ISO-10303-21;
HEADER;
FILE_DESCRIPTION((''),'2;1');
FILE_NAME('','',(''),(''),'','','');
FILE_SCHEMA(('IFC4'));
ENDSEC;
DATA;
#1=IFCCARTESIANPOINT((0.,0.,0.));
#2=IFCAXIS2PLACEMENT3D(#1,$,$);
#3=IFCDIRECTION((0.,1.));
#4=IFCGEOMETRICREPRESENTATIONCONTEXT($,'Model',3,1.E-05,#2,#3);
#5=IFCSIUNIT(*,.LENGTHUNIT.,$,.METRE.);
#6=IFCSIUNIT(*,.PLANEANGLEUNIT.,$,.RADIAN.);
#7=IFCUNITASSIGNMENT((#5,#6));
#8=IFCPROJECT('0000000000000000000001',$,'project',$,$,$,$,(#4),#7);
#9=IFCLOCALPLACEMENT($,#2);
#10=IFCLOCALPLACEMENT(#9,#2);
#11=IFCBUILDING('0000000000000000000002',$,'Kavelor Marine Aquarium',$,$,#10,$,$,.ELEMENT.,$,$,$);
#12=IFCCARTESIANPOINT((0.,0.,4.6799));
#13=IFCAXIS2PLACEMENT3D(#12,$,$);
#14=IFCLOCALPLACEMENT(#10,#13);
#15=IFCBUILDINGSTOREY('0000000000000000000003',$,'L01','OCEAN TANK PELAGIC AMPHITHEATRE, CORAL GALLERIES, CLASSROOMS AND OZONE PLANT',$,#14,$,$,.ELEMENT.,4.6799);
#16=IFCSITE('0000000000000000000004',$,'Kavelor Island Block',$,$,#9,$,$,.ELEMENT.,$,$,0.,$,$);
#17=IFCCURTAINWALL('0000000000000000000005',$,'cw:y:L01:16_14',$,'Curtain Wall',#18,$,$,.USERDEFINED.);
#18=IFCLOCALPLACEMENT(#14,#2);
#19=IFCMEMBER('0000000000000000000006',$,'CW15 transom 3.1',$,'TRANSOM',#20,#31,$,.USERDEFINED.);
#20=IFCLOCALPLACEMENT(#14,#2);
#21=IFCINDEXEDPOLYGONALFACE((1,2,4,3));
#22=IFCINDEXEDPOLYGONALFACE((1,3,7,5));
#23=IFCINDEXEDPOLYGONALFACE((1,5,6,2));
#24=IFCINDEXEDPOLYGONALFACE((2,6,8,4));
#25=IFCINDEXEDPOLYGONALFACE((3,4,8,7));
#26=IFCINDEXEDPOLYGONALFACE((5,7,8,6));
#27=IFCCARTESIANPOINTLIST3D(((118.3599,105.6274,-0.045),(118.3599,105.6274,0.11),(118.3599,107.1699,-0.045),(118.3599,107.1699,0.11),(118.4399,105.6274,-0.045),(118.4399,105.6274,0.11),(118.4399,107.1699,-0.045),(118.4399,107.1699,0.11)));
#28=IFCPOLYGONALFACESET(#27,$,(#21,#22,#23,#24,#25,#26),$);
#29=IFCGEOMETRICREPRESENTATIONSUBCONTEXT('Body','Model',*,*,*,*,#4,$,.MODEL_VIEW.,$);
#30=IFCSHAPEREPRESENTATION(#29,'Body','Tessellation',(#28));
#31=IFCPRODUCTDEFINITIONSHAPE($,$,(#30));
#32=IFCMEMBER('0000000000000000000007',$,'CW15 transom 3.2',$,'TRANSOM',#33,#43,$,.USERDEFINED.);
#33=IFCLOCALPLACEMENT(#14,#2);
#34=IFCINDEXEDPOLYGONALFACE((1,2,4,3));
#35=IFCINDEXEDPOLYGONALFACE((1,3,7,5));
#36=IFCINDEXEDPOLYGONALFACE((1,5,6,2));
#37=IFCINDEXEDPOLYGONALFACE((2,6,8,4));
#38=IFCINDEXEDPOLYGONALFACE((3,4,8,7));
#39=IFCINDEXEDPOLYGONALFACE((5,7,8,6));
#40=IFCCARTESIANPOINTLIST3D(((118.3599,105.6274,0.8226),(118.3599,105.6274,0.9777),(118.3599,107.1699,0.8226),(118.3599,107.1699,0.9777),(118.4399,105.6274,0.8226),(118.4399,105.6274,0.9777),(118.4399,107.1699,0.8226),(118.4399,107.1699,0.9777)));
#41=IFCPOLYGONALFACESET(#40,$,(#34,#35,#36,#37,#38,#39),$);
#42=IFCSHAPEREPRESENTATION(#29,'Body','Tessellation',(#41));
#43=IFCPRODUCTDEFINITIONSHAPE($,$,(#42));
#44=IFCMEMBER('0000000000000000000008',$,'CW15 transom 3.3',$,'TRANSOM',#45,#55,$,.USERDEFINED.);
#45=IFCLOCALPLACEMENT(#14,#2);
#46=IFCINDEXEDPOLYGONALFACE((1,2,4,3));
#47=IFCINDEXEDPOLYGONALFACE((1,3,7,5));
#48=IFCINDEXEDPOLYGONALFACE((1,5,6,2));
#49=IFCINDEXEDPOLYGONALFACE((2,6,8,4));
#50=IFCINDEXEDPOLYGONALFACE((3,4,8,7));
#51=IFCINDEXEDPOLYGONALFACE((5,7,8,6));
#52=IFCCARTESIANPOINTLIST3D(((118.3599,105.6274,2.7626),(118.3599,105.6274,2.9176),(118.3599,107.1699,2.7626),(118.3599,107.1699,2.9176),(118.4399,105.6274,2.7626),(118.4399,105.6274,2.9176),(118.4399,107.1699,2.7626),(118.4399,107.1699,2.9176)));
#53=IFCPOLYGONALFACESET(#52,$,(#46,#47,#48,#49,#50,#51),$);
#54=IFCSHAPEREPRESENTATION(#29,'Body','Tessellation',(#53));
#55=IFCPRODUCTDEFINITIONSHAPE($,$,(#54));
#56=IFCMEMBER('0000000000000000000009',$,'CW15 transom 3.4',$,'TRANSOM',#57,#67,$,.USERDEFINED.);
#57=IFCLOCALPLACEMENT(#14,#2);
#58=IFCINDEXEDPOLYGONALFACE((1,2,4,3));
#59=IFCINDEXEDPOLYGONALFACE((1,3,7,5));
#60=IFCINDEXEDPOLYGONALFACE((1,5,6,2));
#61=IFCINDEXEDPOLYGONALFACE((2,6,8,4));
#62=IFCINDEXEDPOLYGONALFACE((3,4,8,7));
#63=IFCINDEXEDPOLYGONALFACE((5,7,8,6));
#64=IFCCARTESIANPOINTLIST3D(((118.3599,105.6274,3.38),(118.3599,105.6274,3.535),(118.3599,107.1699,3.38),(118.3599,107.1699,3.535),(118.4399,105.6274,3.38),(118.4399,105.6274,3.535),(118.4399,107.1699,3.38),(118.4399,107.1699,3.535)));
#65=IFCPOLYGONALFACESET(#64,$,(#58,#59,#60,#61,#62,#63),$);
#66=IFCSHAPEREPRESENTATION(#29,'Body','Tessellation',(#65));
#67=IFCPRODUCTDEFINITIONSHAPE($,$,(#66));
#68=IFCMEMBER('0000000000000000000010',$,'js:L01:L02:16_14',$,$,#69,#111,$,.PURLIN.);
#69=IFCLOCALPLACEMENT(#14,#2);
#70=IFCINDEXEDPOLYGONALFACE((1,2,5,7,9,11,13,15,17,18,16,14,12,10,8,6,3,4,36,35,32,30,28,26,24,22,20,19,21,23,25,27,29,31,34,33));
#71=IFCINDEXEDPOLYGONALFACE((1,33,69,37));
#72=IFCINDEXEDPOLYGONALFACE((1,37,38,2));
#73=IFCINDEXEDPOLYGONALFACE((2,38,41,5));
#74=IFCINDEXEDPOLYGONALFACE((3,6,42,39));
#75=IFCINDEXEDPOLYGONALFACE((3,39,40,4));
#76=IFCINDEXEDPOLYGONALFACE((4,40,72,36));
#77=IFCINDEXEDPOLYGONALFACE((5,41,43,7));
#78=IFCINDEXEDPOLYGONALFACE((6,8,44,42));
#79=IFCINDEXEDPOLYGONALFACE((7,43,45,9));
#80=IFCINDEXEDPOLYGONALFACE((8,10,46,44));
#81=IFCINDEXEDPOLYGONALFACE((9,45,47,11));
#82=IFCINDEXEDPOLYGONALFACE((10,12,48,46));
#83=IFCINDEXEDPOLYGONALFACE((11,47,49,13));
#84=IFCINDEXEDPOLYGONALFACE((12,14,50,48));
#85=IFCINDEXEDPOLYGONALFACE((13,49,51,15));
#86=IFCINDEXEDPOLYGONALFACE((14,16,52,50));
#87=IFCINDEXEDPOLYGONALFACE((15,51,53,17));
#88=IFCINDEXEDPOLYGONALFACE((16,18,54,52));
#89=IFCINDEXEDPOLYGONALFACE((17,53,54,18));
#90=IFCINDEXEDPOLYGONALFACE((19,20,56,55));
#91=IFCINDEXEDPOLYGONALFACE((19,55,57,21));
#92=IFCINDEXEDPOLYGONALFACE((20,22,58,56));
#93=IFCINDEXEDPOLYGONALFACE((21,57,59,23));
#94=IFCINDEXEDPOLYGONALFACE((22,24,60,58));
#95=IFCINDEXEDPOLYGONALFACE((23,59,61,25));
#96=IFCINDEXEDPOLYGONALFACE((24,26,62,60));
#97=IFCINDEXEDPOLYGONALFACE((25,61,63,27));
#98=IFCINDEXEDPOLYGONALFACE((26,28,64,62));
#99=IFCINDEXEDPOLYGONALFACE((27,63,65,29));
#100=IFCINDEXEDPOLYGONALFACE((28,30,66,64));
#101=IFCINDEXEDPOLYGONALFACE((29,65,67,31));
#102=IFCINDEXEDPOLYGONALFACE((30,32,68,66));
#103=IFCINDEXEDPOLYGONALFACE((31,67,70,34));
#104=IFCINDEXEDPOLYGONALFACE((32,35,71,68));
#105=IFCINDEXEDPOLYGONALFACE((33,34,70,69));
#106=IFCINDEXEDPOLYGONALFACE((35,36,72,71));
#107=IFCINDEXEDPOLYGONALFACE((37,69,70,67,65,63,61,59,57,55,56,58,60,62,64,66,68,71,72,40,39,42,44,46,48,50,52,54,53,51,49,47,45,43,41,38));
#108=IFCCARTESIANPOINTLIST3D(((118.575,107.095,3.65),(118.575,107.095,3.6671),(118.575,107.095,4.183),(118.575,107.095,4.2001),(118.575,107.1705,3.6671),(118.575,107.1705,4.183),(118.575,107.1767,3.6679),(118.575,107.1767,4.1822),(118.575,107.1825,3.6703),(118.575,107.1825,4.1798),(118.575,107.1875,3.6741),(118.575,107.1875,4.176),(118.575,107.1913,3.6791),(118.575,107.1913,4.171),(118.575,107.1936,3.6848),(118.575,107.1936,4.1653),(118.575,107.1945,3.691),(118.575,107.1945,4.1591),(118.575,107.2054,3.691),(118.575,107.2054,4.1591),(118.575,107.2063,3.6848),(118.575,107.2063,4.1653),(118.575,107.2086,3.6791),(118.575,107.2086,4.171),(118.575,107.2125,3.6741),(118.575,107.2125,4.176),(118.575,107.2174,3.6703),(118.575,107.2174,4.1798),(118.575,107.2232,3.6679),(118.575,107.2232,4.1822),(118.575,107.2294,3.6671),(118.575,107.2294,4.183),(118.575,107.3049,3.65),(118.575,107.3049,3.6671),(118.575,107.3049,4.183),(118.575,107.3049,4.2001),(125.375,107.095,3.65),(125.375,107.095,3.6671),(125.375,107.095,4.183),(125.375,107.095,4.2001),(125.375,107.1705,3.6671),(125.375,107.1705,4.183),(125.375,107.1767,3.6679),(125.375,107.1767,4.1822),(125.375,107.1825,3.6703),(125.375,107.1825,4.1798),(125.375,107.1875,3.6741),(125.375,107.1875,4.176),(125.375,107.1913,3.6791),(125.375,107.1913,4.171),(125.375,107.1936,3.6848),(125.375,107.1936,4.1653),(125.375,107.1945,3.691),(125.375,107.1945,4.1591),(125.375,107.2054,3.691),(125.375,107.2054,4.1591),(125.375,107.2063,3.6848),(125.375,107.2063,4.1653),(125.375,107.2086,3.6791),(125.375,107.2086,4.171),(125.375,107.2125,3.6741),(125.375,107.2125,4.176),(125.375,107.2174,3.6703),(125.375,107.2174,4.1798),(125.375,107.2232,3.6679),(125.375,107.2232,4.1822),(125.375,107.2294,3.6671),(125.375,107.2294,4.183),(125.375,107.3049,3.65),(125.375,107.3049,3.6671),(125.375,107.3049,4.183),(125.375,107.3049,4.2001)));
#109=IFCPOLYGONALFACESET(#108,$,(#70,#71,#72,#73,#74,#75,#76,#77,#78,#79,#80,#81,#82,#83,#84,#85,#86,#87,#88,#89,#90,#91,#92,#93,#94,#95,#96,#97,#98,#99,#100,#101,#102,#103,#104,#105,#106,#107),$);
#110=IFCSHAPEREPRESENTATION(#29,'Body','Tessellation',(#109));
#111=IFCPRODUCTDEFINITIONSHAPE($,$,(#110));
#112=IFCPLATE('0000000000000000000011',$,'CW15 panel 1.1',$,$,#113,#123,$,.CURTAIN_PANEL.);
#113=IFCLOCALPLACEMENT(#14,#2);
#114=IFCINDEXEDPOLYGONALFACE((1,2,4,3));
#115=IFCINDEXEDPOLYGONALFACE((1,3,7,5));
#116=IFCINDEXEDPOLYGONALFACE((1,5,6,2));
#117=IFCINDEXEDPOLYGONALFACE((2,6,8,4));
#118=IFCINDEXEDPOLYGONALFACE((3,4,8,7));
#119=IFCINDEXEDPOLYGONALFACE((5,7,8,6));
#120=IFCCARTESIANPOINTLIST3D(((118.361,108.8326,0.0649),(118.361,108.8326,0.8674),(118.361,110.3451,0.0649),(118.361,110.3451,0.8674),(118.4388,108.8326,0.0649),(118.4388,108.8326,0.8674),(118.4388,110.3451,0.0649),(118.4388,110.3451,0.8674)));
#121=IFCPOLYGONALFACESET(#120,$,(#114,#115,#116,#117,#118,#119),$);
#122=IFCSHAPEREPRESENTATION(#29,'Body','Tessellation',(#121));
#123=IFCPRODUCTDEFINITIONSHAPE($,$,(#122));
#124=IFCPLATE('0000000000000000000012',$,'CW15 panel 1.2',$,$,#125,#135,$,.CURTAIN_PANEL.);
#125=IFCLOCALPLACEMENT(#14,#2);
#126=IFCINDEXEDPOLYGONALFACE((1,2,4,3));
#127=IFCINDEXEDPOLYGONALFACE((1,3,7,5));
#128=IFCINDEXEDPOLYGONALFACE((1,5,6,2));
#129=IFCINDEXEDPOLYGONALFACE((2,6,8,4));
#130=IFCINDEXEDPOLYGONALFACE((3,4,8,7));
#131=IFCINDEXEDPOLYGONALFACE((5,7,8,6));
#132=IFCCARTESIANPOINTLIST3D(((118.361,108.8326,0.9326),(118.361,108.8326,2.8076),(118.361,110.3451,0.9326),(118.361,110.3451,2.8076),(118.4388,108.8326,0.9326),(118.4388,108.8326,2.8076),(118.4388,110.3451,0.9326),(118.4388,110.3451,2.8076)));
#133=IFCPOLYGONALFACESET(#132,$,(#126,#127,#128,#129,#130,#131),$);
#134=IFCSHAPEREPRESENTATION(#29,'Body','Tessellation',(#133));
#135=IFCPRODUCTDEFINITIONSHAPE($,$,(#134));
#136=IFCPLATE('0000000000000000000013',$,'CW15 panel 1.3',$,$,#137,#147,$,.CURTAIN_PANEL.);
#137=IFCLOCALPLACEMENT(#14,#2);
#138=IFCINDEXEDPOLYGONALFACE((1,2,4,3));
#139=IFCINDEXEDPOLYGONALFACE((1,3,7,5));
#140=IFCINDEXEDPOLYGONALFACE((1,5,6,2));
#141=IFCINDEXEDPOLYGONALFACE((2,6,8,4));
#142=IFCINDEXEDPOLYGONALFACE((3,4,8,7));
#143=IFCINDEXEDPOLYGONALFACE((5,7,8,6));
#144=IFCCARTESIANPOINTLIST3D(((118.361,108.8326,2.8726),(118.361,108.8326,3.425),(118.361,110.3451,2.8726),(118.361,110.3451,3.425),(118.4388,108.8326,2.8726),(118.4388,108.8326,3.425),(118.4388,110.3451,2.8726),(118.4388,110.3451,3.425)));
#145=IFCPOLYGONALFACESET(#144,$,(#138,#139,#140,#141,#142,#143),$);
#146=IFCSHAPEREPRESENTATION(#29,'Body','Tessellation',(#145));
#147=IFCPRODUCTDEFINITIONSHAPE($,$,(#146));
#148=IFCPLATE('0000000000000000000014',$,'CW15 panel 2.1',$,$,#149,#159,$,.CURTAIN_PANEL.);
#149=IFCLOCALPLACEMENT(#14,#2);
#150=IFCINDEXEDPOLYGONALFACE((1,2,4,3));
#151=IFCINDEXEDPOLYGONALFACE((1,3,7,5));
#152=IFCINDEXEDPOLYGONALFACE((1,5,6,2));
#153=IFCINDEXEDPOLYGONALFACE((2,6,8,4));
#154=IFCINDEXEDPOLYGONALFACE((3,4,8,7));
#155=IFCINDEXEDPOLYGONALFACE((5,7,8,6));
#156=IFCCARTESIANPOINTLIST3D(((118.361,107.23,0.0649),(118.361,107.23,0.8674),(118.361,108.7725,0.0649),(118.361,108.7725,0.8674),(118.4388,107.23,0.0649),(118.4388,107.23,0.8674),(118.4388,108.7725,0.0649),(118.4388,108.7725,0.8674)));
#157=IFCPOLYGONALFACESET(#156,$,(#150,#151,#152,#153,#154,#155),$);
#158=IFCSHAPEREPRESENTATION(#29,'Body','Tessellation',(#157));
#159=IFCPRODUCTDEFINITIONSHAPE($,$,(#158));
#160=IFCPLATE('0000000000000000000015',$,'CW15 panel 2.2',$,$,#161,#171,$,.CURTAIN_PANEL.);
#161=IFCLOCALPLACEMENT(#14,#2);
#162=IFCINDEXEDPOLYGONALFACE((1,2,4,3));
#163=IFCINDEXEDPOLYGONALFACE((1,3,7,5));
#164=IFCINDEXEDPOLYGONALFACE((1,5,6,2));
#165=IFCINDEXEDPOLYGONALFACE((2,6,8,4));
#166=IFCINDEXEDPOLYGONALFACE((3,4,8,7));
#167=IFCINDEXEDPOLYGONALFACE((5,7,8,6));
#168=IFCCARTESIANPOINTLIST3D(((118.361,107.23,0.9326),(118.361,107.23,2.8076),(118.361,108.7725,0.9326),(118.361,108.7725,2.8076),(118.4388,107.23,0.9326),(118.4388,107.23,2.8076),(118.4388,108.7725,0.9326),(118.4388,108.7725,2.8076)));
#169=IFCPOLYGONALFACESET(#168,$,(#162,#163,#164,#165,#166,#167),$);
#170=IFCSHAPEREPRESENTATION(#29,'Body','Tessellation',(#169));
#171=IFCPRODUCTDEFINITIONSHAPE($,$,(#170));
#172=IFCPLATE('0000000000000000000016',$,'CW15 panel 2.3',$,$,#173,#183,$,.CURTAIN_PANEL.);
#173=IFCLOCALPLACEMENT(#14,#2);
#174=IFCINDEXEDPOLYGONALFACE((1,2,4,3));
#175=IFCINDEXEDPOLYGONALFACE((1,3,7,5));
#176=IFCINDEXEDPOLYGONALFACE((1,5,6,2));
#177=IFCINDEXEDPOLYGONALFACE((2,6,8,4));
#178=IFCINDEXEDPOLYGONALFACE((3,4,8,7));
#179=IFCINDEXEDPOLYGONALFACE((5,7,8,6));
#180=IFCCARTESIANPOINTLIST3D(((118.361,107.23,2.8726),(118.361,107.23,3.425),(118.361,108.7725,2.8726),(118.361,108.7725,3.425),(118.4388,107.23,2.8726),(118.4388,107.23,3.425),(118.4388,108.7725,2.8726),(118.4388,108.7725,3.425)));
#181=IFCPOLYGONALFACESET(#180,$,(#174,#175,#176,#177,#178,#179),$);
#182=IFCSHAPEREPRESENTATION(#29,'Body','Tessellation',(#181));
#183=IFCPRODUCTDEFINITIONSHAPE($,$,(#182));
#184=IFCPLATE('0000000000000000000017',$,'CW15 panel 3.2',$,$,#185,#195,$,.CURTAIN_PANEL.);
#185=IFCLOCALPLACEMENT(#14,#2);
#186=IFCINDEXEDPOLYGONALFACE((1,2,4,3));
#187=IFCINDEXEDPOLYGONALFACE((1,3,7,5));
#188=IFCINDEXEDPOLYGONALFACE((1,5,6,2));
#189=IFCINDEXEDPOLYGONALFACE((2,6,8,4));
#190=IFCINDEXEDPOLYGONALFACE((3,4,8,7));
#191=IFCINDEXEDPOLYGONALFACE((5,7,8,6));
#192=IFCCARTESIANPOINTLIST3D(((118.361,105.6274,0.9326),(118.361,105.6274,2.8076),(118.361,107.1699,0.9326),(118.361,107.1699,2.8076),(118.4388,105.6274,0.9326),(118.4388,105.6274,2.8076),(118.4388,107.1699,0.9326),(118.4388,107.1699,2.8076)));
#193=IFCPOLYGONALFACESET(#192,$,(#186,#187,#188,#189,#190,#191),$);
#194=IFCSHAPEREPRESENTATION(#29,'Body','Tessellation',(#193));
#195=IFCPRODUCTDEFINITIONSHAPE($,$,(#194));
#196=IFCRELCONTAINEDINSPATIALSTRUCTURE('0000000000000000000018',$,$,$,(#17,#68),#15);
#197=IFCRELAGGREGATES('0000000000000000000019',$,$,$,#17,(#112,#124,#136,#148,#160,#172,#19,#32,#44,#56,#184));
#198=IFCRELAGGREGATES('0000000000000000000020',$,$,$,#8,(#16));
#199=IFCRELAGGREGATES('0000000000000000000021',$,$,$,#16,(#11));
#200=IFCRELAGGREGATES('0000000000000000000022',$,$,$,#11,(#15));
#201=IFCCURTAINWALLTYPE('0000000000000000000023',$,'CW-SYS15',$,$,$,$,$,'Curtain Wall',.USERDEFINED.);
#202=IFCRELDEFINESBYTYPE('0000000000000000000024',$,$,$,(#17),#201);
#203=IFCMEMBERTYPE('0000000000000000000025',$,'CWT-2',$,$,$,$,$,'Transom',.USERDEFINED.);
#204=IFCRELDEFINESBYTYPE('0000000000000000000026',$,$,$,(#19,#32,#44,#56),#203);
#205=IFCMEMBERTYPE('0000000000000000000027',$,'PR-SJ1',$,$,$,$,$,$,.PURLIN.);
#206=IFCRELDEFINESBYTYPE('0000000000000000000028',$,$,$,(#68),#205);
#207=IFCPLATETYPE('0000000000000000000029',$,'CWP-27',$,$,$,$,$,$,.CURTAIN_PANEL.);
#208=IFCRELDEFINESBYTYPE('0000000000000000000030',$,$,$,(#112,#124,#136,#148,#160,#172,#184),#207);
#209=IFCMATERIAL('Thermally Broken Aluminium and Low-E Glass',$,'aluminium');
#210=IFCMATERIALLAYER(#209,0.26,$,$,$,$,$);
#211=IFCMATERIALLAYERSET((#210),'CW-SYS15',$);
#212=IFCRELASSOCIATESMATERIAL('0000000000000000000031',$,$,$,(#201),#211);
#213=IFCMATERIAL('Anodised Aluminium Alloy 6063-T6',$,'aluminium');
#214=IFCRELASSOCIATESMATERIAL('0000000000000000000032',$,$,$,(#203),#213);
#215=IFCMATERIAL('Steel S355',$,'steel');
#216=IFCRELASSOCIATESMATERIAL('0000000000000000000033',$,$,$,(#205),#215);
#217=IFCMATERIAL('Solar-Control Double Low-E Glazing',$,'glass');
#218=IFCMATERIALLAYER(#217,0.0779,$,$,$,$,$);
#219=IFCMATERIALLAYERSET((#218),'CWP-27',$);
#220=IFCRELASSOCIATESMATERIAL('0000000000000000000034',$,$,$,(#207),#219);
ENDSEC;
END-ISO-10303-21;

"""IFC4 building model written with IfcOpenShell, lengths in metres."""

from ifc_helpers import new_model, si_unit, direction, frame, origin, origin_2d, place, context, subcontext, project, spatial, rectangle, i_section, extrude, material, layer, layer_set, material_profile, profile_set, type_object, element, aggregate, save


model = new_model("IFC4")

# Units and contexts
model_context = context("Model", 3, precision=1e-05, world=origin(), true_north=direction((0.0, 1.0)))
body_context = subcontext(model_context, "Body", "Model", "MODEL_VIEW")
ifc_project = project(units=[si_unit("LENGTHUNIT", "METRE"), si_unit("PLANEANGLEUNIT", "RADIAN")], contexts=[model_context])

# Site, building, storey
site_placement = place(None, origin())
site = spatial("IfcSite", under=ifc_project, at=site_placement, Name="Kavelor Island Block", CompositionType="ELEMENT", RefElevation=0.0)
building_placement = place(site_placement, origin())
building = spatial("IfcBuilding", under=site, at=building_placement, Name="Kavelor Marine Aquarium", CompositionType="ELEMENT")
storey_placement = place(building_placement, frame((0.0, 0.0, 4.6799)))
storey = spatial("IfcBuildingStorey", under=building, at=storey_placement, Name="L01", Description="OCEAN TANK PELAGIC AMPHITHEATRE, CORAL GALLERIES, CLASSROOMS AND OZONE PLANT", CompositionType="ELEMENT", Elevation=4.6799)

# Curtain wall, members
ifc_material_1 = material(Name="Thermally Broken Aluminium and Low-E Glass", Category="aluminium")
ifc_layer_1 = layer(ifc_material_1, 0.26)
ifc_layer_set_1 = layer_set([ifc_layer_1], Name="CW-SYS15")
curtain_wall_type = type_object("IfcCurtainWallType", Name="CW-SYS15", ElementType="Curtain Wall", PredefinedType="USERDEFINED", material=ifc_layer_set_1)
curtain_wall_placement = place(storey_placement, origin())
curtain_wall = element("IfcCurtainWall", 1, at=curtain_wall_placement, inside=storey, type_object=curtain_wall_type, Name="cw:y:L01:16_14", ObjectType="Curtain Wall", PredefinedType="USERDEFINED")
ifc_material_2 = material(Name="Anodised Aluminium Alloy 6063-T6", Category="aluminium")
ifc_material_profile_1 = material_profile(ifc_material_2, rectangle(XDim=0.0801, YDim=0.155, at=origin_2d()), Name="CW-TRN 80x155")
ifc_profile_set_1 = profile_set([ifc_material_profile_1], Name="Anodised Aluminium Alloy 6063-T6")
member_type_1 = type_object("IfcMemberType", Name="CWT-2", ElementType="Transom", PredefinedType="USERDEFINED", material=ifc_profile_set_1)
member_1_placement = place(storey_placement, frame((118.3999, 107.1699, 0.0325), z_axis=(0.0, -1.0, 0.0), x_axis=(1.0, 0.0, 0.0)))
member_1 = element("IfcMember", 2, at=member_1_placement, type_object=member_type_1, Name="CW15 transom 3.1", ObjectType="TRANSOM", PredefinedType="USERDEFINED", context=body_context, shape_type="SweptSolid", body=[
    extrude(rectangle(XDim=0.0801, YDim=0.155, at=origin_2d()), origin(), (0.0, 0.0, 1.0), 1.5425),
])
member_2_placement = place(storey_placement, frame((118.3999, 107.1699, 0.9001), z_axis=(0.0, -1.0, 0.0), x_axis=(1.0, 0.0, 0.0)))
member_2 = element("IfcMember", 3, at=member_2_placement, type_object=member_type_1, Name="CW15 transom 3.2", ObjectType="TRANSOM", PredefinedType="USERDEFINED", context=body_context, shape_type="SweptSolid", body=[
    extrude(rectangle(XDim=0.0801, YDim=0.155, at=origin_2d()), origin(), (0.0, 0.0, 1.0), 1.5425),
])
member_3_placement = place(storey_placement, frame((118.3999, 107.1699, 2.8401), z_axis=(0.0, -1.0, 0.0), x_axis=(1.0, 0.0, 0.0)))
member_3 = element("IfcMember", 4, at=member_3_placement, type_object=member_type_1, Name="CW15 transom 3.3", ObjectType="TRANSOM", PredefinedType="USERDEFINED", context=body_context, shape_type="SweptSolid", body=[
    extrude(rectangle(XDim=0.0801, YDim=0.155, at=origin_2d()), origin(), (0.0, 0.0, 1.0), 1.5425),
])
member_4_placement = place(storey_placement, frame((118.3999, 107.1699, 3.4575), z_axis=(0.0, -1.0, 0.0), x_axis=(1.0, 0.0, 0.0)))
member_4 = element("IfcMember", 5, at=member_4_placement, type_object=member_type_1, Name="CW15 transom 3.4", ObjectType="TRANSOM", PredefinedType="USERDEFINED", context=body_context, shape_type="SweptSolid", body=[
    extrude(rectangle(XDim=0.0801, YDim=0.155, at=origin_2d()), origin(), (0.0, 0.0, 1.0), 1.5425),
])

# Member
ifc_material_3 = material(Name="Steel S355", Category="steel")
ifc_material_profile_2 = material_profile(ifc_material_3, i_section(OverallWidth=0.21, OverallDepth=0.55, WebThickness=0.011, FlangeThickness=0.0171, FilletRadius=0.0239, at=origin_2d()), Name="IPE 550")
ifc_profile_set_2 = profile_set([ifc_material_profile_2], Name="Steel S355")
member_type_2 = type_object("IfcMemberType", Name="PR-SJ1", PredefinedType="PURLIN", material=ifc_profile_set_2)
member_5_placement = place(storey_placement, frame((118.575, 107.2, 3.925), z_axis=(1.0, 0.0, 0.0), x_axis=(0.0, 1.0, 0.0)))
element("IfcMember", 6, at=member_5_placement, inside=storey, type_object=member_type_2, Name="js:L01:L02:16_14", PredefinedType="PURLIN", context=body_context, shape_type="SweptSolid", body=[
    extrude(i_section(OverallWidth=0.21, OverallDepth=0.55, WebThickness=0.011, FlangeThickness=0.0171, FilletRadius=0.0239, at=origin_2d()), origin(), (0.0, 0.0, 1.0), 6.8),
])

# Plates
ifc_material_4 = material(Name="Solar-Control Double Low-E Glazing", Category="glass")
ifc_layer_2 = layer(ifc_material_4, 0.0779)
ifc_layer_set_2 = layer_set([ifc_layer_2], Name="CWP-27")
plate_type = type_object("IfcPlateType", Name="CWP-27", PredefinedType="CURTAIN_PANEL", material=ifc_layer_set_2)
plate_1_placement = place(storey_placement, frame((118.3999, 109.5889, 0.0649), z_axis=(0.0, 0.0, 1.0), x_axis=(0.0, -1.0, 0.0)))
plate_1 = element("IfcPlate", 7, at=plate_1_placement, type_object=plate_type, Name="CW15 panel 1.1", PredefinedType="CURTAIN_PANEL", context=body_context, shape_type="SweptSolid", body=[
    extrude(rectangle(XDim=1.5125, YDim=0.0779, at=origin_2d()), origin(), (0.0, 0.0, 1.0), 0.8025),
])
plate_2_placement = place(storey_placement, frame((118.3999, 109.5889, 0.9326), z_axis=(0.0, 0.0, 1.0), x_axis=(0.0, -1.0, 0.0)))
plate_2 = element("IfcPlate", 8, at=plate_2_placement, type_object=plate_type, Name="CW15 panel 1.2", PredefinedType="CURTAIN_PANEL", context=body_context, shape_type="SweptSolid", body=[
    extrude(rectangle(XDim=1.5125, YDim=0.0779, at=origin_2d()), origin(), (0.0, 0.0, 1.0), 1.875),
])
plate_3_placement = place(storey_placement, frame((118.3999, 109.5889, 2.8726), z_axis=(0.0, 0.0, 1.0), x_axis=(0.0, -1.0, 0.0)))
plate_3 = element("IfcPlate", 9, at=plate_3_placement, type_object=plate_type, Name="CW15 panel 1.3", PredefinedType="CURTAIN_PANEL", context=body_context, shape_type="SweptSolid", body=[
    extrude(rectangle(XDim=1.5125, YDim=0.0779, at=origin_2d()), origin(), (0.0, 0.0, 1.0), 0.5525),
])
plate_4_placement = place(storey_placement, frame((118.3999, 108.0012, 0.0649), z_axis=(0.0, 0.0, 1.0), x_axis=(0.0, -1.0, 0.0)))
plate_4 = element("IfcPlate", 10, at=plate_4_placement, type_object=plate_type, Name="CW15 panel 2.1", PredefinedType="CURTAIN_PANEL", context=body_context, shape_type="SweptSolid", body=[
    extrude(rectangle(XDim=1.5425, YDim=0.0779, at=origin_2d()), origin(), (0.0, 0.0, 1.0), 0.8025),
])
plate_5_placement = place(storey_placement, frame((118.3999, 108.0012, 0.9326), z_axis=(0.0, 0.0, 1.0), x_axis=(0.0, -1.0, 0.0)))
plate_5 = element("IfcPlate", 11, at=plate_5_placement, type_object=plate_type, Name="CW15 panel 2.2", PredefinedType="CURTAIN_PANEL", context=body_context, shape_type="SweptSolid", body=[
    extrude(rectangle(XDim=1.5425, YDim=0.0779, at=origin_2d()), origin(), (0.0, 0.0, 1.0), 1.875),
])
plate_6_placement = place(storey_placement, frame((118.3999, 108.0012, 2.8726), z_axis=(0.0, 0.0, 1.0), x_axis=(0.0, -1.0, 0.0)))
plate_6 = element("IfcPlate", 12, at=plate_6_placement, type_object=plate_type, Name="CW15 panel 2.3", PredefinedType="CURTAIN_PANEL", context=body_context, shape_type="SweptSolid", body=[
    extrude(rectangle(XDim=1.5425, YDim=0.0779, at=origin_2d()), origin(), (0.0, 0.0, 1.0), 0.5525),
])
plate_7_placement = place(storey_placement, frame((118.3999, 106.3987, 0.9326), z_axis=(0.0, 0.0, 1.0), x_axis=(0.0, -1.0, 0.0)))
plate_7 = element("IfcPlate", 13, at=plate_7_placement, type_object=plate_type, Name="CW15 panel 3.2", PredefinedType="CURTAIN_PANEL", context=body_context, shape_type="SweptSolid", body=[
    extrude(rectangle(XDim=1.5425, YDim=0.0779, at=origin_2d()), origin(), (0.0, 0.0, 1.0), 1.875),
])
aggregate(curtain_wall, [plate_1, plate_2, plate_3, plate_4, plate_5, plate_6, member_1, member_2, member_3, member_4, plate_7])

save(model, "model.ifc")
